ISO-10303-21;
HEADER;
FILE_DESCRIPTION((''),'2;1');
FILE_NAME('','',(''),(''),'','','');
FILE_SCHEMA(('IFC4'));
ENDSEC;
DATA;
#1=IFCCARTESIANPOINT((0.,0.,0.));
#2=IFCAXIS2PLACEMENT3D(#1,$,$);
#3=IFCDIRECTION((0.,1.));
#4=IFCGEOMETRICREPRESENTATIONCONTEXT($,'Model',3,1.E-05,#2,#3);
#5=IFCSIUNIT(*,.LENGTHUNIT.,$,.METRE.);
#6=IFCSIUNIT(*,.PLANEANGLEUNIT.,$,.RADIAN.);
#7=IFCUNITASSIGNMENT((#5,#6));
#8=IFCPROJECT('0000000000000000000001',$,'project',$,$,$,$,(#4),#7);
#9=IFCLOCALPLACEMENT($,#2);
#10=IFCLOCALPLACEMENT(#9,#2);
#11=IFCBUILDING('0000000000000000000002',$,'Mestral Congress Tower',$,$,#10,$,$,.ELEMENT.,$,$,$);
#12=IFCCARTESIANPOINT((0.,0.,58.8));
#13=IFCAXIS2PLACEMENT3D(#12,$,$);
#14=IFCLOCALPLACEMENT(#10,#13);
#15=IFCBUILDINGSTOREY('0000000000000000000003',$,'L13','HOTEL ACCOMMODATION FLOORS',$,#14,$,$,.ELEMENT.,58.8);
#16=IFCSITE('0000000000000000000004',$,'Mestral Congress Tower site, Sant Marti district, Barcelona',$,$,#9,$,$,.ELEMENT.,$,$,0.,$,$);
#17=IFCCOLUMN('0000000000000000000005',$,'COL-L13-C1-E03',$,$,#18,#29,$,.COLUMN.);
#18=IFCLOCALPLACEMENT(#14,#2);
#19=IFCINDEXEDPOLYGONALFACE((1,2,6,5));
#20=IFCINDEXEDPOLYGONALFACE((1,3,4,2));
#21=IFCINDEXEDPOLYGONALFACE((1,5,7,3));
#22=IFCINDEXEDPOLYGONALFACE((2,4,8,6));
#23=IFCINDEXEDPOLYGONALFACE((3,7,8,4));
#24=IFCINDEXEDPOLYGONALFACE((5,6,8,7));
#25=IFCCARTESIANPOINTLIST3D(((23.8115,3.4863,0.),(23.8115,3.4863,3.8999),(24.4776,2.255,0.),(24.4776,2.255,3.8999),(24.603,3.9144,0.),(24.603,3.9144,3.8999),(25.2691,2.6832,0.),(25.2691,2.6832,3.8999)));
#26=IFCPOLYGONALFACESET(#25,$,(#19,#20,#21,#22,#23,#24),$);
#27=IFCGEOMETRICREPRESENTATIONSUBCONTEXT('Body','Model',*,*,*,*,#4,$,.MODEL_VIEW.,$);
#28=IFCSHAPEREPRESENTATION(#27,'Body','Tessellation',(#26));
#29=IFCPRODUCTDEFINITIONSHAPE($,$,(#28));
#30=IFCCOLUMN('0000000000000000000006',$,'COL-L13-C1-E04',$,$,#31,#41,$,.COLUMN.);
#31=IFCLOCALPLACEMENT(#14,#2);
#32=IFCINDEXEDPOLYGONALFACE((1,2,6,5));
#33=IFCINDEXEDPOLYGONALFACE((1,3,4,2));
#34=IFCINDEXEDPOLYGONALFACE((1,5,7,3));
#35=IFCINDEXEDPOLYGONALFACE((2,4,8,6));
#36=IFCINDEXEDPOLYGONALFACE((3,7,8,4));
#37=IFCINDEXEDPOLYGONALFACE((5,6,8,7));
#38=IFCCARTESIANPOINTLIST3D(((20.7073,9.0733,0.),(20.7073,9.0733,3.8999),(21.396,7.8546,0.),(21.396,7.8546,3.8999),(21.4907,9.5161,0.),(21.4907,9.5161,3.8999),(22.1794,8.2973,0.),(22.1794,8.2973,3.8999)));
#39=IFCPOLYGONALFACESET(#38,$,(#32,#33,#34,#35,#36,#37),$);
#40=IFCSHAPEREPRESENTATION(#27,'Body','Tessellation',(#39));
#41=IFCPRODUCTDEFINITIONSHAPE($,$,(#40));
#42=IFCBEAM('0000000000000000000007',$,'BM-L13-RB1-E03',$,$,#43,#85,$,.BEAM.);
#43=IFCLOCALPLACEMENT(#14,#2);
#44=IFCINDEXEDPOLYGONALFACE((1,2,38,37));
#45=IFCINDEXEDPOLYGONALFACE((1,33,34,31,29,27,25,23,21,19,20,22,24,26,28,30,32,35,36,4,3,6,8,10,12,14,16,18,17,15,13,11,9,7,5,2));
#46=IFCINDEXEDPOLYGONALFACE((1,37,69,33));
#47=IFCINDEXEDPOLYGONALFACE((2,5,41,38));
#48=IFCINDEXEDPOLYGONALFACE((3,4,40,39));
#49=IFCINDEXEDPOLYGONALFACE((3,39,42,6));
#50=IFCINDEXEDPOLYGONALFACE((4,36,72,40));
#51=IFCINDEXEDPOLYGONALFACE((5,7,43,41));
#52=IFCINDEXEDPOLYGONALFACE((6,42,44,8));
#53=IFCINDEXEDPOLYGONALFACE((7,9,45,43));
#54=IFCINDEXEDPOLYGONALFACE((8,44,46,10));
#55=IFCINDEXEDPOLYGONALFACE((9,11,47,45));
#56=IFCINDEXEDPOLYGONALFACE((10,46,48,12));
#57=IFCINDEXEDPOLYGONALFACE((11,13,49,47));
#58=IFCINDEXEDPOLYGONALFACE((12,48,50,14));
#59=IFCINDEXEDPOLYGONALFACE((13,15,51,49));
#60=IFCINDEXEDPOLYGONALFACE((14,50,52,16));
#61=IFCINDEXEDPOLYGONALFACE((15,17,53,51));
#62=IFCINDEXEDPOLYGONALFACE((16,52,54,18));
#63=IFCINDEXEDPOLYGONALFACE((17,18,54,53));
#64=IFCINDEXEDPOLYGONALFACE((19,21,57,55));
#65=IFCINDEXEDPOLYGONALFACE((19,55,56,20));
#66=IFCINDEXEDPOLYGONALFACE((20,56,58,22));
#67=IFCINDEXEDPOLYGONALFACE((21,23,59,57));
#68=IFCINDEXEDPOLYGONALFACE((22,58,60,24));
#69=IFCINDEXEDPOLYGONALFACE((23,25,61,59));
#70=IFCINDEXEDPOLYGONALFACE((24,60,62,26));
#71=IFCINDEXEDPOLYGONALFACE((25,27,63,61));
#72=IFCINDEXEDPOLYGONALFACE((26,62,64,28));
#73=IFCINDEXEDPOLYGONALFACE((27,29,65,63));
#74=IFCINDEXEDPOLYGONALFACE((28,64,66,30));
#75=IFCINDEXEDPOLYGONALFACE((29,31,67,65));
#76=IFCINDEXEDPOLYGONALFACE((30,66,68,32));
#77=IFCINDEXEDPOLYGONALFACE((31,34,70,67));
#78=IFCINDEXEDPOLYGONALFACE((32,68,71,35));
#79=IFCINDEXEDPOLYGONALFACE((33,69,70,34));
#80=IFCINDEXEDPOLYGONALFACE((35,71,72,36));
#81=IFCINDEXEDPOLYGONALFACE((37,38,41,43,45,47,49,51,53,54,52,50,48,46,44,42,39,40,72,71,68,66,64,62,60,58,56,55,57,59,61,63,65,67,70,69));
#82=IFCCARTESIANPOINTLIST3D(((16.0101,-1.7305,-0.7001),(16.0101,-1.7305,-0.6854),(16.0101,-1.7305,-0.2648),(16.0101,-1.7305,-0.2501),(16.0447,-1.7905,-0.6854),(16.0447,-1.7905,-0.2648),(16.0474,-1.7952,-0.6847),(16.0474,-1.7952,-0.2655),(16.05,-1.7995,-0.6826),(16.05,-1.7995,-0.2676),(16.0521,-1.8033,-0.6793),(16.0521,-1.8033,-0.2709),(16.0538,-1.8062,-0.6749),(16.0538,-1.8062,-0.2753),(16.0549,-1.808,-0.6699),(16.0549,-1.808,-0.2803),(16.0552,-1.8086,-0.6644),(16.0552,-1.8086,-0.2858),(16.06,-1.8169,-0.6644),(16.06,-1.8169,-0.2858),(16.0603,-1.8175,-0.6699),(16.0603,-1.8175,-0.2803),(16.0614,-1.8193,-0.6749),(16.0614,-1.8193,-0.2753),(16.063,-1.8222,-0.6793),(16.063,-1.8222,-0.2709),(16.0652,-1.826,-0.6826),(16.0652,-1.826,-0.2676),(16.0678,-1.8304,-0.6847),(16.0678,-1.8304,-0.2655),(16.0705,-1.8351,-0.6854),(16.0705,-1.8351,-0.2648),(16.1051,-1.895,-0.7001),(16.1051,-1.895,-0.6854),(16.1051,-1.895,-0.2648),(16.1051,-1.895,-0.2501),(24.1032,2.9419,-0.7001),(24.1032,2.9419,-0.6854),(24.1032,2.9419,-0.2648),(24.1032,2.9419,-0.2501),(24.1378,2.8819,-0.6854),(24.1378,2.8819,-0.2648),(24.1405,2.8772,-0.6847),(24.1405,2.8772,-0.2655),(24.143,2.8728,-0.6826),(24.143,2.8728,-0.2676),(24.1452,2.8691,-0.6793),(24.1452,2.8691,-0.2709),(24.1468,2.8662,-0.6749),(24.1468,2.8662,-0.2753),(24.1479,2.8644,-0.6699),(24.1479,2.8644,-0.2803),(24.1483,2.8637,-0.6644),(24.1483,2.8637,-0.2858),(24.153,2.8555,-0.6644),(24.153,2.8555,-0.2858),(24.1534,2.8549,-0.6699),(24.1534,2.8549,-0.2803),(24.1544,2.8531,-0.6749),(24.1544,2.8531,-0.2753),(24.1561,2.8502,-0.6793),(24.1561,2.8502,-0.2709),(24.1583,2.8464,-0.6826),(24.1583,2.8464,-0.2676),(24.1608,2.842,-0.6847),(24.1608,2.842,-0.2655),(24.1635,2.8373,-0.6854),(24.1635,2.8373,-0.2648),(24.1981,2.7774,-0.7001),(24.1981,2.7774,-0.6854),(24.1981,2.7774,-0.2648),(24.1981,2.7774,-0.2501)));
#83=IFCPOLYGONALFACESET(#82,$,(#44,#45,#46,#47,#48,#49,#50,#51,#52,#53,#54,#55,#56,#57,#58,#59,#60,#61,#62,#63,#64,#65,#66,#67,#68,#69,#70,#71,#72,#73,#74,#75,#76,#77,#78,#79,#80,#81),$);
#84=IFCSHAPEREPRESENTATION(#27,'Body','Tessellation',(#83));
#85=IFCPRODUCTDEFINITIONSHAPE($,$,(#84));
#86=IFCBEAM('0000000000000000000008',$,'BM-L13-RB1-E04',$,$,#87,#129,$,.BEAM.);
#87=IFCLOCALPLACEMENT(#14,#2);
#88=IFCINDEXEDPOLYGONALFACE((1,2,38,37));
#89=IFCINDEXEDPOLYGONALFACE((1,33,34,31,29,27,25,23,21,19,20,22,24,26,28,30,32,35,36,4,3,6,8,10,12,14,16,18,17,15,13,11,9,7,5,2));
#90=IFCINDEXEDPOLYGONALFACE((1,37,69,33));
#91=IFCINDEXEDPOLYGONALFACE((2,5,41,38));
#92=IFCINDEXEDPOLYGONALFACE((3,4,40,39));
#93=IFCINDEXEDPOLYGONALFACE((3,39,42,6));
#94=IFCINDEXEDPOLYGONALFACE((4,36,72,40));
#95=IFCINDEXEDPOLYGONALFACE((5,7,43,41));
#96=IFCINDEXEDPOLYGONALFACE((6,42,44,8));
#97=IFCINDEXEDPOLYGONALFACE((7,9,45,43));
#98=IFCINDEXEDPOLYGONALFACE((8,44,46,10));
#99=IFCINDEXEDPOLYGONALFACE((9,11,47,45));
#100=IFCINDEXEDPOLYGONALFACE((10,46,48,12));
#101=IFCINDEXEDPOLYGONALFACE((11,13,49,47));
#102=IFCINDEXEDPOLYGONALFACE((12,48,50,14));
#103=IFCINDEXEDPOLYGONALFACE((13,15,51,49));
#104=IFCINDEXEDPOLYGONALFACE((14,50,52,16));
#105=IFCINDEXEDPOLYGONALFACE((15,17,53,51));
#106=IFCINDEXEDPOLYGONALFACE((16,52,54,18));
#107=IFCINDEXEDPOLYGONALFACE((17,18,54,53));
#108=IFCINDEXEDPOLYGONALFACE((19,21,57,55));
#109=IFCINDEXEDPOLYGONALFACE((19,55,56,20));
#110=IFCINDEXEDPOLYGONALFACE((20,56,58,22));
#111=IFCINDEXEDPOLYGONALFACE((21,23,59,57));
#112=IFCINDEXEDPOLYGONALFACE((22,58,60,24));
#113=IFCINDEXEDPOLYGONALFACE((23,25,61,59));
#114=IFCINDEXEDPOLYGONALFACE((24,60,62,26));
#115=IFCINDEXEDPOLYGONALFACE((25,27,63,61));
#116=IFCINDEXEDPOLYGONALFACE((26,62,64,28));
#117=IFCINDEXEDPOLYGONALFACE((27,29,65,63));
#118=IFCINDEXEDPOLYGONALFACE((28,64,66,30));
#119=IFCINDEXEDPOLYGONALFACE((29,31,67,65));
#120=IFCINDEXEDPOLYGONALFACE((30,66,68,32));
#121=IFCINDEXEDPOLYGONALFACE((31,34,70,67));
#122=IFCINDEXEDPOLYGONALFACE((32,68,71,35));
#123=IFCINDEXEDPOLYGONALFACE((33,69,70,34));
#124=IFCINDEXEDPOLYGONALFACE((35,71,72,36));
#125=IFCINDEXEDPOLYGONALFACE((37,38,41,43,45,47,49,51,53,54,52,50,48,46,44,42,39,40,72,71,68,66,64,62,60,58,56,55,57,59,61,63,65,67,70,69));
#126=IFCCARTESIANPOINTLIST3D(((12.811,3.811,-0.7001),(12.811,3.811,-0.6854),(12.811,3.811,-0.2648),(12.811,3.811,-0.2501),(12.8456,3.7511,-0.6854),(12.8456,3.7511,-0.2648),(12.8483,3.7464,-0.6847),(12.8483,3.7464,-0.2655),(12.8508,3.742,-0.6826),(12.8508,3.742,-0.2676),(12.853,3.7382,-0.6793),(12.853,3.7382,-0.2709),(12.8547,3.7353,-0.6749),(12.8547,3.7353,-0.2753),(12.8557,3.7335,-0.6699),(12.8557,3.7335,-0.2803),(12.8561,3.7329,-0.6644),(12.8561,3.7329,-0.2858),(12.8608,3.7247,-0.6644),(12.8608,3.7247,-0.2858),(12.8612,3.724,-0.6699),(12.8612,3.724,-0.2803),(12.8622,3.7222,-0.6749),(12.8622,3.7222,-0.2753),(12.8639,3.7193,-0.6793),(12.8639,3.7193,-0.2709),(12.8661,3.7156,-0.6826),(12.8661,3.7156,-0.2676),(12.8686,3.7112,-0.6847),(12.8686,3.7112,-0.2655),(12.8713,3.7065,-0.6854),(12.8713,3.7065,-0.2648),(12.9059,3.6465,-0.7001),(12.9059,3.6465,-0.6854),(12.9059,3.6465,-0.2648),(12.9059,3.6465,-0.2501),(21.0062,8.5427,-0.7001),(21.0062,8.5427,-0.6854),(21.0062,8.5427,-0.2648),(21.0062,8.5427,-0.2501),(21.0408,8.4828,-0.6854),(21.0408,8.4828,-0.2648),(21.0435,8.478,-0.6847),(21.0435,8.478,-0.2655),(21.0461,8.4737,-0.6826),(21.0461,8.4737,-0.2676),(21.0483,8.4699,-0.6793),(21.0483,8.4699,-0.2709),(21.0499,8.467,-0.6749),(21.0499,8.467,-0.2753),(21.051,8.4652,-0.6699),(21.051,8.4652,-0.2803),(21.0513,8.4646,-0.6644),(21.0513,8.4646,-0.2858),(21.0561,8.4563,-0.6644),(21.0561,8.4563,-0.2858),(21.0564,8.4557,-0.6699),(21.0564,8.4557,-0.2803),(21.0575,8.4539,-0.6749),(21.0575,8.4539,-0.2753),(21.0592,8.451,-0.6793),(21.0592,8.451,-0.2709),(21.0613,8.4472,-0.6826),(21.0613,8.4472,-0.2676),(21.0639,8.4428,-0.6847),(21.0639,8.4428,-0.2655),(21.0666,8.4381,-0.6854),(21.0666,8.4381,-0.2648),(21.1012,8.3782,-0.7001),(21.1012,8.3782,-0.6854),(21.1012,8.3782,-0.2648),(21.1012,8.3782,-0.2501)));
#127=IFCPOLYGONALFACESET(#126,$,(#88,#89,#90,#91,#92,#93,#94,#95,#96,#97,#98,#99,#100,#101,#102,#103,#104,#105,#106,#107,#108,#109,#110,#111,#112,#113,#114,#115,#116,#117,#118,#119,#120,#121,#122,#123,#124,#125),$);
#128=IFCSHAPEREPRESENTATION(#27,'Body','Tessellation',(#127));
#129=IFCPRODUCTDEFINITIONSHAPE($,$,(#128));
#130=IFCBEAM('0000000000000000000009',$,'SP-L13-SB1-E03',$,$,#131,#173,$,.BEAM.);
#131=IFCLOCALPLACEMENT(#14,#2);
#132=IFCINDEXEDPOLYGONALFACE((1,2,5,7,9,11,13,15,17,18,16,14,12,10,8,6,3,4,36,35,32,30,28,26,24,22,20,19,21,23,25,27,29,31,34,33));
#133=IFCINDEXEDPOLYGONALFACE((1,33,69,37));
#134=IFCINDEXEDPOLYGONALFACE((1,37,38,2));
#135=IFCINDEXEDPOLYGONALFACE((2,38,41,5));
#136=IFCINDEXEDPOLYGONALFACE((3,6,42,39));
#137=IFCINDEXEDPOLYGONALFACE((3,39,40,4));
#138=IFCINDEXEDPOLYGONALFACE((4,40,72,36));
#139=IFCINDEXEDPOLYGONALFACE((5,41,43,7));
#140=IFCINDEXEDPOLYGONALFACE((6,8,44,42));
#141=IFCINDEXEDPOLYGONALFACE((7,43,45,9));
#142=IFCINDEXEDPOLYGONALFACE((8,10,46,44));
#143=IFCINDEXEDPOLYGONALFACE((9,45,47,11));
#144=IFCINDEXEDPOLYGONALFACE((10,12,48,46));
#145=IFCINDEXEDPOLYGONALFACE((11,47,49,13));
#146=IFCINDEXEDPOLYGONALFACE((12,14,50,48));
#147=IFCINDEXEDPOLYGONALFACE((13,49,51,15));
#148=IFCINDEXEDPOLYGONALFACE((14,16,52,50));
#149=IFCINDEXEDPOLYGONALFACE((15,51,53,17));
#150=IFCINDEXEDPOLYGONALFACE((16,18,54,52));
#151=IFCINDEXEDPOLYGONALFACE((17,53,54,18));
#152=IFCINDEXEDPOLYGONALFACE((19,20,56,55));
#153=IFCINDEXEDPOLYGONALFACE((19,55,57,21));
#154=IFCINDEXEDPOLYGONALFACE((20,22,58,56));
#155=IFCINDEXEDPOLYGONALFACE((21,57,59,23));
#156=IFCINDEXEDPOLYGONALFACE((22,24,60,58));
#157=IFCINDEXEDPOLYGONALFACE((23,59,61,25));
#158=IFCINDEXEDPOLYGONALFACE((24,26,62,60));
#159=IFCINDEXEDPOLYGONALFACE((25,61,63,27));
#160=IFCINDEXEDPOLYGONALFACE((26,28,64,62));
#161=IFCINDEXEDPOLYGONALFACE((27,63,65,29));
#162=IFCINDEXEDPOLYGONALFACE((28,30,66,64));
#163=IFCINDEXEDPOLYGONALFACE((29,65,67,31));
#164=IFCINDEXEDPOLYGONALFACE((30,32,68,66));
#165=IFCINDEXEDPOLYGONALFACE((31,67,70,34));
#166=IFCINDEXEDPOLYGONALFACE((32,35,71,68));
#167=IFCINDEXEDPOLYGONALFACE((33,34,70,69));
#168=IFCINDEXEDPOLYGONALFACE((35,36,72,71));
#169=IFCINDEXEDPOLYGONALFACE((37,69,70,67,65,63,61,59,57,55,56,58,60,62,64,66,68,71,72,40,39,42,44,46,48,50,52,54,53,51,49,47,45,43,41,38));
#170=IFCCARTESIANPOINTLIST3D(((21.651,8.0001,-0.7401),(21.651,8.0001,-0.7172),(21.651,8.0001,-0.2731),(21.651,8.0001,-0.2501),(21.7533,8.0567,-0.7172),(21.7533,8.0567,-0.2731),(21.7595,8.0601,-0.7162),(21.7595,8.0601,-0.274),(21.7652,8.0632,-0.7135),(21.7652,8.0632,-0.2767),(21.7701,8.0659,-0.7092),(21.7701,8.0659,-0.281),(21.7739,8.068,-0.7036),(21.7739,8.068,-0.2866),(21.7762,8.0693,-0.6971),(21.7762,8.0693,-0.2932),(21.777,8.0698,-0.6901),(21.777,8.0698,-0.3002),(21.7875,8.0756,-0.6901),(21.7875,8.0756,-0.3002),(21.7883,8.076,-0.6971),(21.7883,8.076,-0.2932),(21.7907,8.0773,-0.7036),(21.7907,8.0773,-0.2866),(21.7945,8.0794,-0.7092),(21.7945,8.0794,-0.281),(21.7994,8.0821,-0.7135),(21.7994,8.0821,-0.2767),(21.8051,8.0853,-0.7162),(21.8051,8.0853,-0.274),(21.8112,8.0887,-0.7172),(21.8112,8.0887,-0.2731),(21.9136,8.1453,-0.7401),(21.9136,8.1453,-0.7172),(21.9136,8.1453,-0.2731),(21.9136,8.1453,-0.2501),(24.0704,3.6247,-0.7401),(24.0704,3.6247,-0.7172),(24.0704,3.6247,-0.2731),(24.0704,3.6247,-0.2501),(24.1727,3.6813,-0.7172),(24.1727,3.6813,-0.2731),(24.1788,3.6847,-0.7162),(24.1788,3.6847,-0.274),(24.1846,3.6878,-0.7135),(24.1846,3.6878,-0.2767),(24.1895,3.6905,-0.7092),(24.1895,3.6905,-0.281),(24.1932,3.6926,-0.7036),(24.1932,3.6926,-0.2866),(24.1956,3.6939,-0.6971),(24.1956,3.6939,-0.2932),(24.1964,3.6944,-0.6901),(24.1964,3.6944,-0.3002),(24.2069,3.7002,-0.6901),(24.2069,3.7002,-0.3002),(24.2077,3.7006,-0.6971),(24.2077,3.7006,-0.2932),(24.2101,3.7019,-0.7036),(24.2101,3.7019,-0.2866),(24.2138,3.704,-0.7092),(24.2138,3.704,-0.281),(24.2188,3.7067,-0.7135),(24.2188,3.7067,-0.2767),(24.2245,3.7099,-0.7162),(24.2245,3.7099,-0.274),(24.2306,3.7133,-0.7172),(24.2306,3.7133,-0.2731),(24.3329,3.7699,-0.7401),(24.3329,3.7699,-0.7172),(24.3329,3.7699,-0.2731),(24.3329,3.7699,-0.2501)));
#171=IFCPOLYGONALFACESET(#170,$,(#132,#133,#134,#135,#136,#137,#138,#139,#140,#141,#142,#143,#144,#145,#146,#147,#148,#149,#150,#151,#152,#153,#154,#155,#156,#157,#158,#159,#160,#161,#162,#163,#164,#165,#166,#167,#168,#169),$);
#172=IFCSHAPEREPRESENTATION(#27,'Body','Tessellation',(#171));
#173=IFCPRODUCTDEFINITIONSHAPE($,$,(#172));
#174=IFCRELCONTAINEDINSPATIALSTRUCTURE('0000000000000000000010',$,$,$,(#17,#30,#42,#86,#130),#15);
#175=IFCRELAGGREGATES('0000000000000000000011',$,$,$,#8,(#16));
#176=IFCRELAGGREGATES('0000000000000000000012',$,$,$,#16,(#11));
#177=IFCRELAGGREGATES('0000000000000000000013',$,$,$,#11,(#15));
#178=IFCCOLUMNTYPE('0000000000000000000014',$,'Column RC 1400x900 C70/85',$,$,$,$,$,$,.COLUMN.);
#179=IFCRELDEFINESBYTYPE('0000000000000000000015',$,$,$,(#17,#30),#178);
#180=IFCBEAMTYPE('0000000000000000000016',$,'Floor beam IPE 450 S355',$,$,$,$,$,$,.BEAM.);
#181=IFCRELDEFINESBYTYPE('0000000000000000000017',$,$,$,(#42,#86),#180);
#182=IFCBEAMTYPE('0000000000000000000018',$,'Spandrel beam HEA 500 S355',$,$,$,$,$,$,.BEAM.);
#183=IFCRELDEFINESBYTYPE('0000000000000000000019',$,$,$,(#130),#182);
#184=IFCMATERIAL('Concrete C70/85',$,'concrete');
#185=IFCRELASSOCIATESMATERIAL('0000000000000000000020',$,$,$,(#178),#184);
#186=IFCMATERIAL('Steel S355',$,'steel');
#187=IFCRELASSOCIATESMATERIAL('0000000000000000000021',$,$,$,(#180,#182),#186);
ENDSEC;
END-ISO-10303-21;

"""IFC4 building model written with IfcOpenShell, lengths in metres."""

from ifc_helpers import new_model, si_unit, direction, frame, origin, origin_2d, place, context, subcontext, project, spatial, rectangle, i_section, extrude, material, material_profile, profile_set, type_object, element, save


model = new_model("IFC4")

# Units and contexts
model_context = context("Model", 3, precision=1e-05, world=origin(), true_north=direction((0.0, 1.0)))
body_context = subcontext(model_context, "Body", "Model", "MODEL_VIEW")
ifc_project = project(units=[si_unit("LENGTHUNIT", "METRE"), si_unit("PLANEANGLEUNIT", "RADIAN")], contexts=[model_context])

# Site, building, storey
site_placement = place(None, origin())
site = spatial("IfcSite", under=ifc_project, at=site_placement, Name="Mestral Congress Tower site, Sant Marti district, Barcelona", CompositionType="ELEMENT", RefElevation=0.0)
building_placement = place(site_placement, origin())
building = spatial("IfcBuilding", under=site, at=building_placement, Name="Mestral Congress Tower", CompositionType="ELEMENT")
storey_placement = place(building_placement, frame((0.0, 0.0, 58.8)))
storey = spatial("IfcBuildingStorey", under=building, at=storey_placement, Name="L13", Description="HOTEL ACCOMMODATION FLOORS", CompositionType="ELEMENT", Elevation=58.8)

# Columns
ifc_material_1 = material(Name="Concrete C70/85", Category="concrete")
ifc_material_profile_1 = material_profile(ifc_material_1, rectangle(XDim=1.3999, YDim=0.8999, at=origin_2d()), Name="RC 1400x900")
ifc_profile_set_1 = profile_set([ifc_material_profile_1], Name="Concrete C70/85")
column_type = type_object("IfcColumnType", Name="Column RC 1400x900 C70/85", PredefinedType="COLUMN", material=ifc_profile_set_1)
for number, where, z_axis, x_axis, name in (
    (1, (24.5403, 3.0847, 0.0), (0.0, 0.0, 1.0), (-0.475796, 0.879556, 0.0), "COL-L13-C1-E03"),
    (2, (21.4434, 8.6853, 0.0), (0.0, 0.0, 1.0), (-0.491974, 0.87061, 0.0), "COL-L13-C1-E04"),
):
    element("IfcColumn", number, at=place(storey_placement, frame(where, z_axis=z_axis, x_axis=x_axis)), inside=storey, type_object=column_type, Name=name, PredefinedType="COLUMN", context=body_context, shape_type="SweptSolid", body=[
        extrude(rectangle(XDim=1.3999, YDim=0.8999, at=origin_2d()), origin(), (0.0, 0.0, 1.0), 3.8999),
    ])

# Beams
ifc_material_2 = material(Name="Steel S355", Category="steel")
ifc_material_profile_2 = material_profile(ifc_material_2, i_section(OverallWidth=0.1899, OverallDepth=0.45, WebThickness=0.0095, FlangeThickness=0.0146, FilletRadius=0.021, at=origin_2d()), Name="IPE 450")
ifc_profile_set_2 = profile_set([ifc_material_profile_2], Name="Steel S355")
beam_type_1 = type_object("IfcBeamType", Name="Floor beam IPE 450 S355", PredefinedType="BEAM", material=ifc_profile_set_2)
beam_1_placement = place(storey_placement, frame((24.1506, 2.8596, -0.4751), z_axis=(-0.866032, -0.499989, 0.0), x_axis=(0.499989, -0.866032, 0.0)))
element("IfcBeam", 3, at=beam_1_placement, inside=storey, type_object=beam_type_1, Name="BM-L13-RB1-E03", PredefinedType="BEAM", context=body_context, shape_type="SweptSolid", body=[
    extrude(i_section(OverallWidth=0.1899, OverallDepth=0.45, WebThickness=0.0095, FlangeThickness=0.0146, FilletRadius=0.021, at=origin_2d()), origin(), (0.0, 0.0, 1.0), 9.345),
])
beam_2_placement = place(storey_placement, frame((21.0537, 8.4604, -0.4751), z_axis=(-0.86602, -0.50001, 0.0), x_axis=(0.50001, -0.86602, 0.0)))
element("IfcBeam", 4, at=beam_2_placement, inside=storey, type_object=beam_type_1, Name="BM-L13-RB1-E04", PredefinedType="BEAM", context=body_context, shape_type="SweptSolid", body=[
    extrude(i_section(OverallWidth=0.1899, OverallDepth=0.45, WebThickness=0.0095, FlangeThickness=0.0146, FilletRadius=0.021, at=origin_2d()), origin(), (0.0, 0.0, 1.0), 9.4631),
])
ifc_material_profile_3 = material_profile(ifc_material_2, i_section(OverallWidth=0.3, OverallDepth=0.49, WebThickness=0.012, FlangeThickness=0.0229, FilletRadius=0.0271, at=origin_2d()), Name="HEA 500")
ifc_profile_set_3 = profile_set([ifc_material_profile_3], Name="Steel S355")
beam_type_2 = type_object("IfcBeamType", Name="Spandrel beam HEA 500 S355", PredefinedType="BEAM", material=ifc_profile_set_3)
for number, where, z_axis, x_axis, name in (
    (5, (24.2017, 3.6973, -0.4951), (-0.483901, 0.875123, 0.0), (-0.875123, -0.483901, 0.0), "SP-L13-SB1-E03"),
):
    element("IfcBeam", number, at=place(storey_placement, frame(where, z_axis=z_axis, x_axis=x_axis)), inside=storey, type_object=beam_type_2, Name=name, PredefinedType="BEAM", context=body_context, shape_type="SweptSolid", body=[
        extrude(i_section(OverallWidth=0.3, OverallDepth=0.49, WebThickness=0.012, FlangeThickness=0.0229, FilletRadius=0.0271, at=origin_2d()), origin(), (0.0, 0.0, 1.0), 4.9998),
    ])

save(model, "model.ifc")
